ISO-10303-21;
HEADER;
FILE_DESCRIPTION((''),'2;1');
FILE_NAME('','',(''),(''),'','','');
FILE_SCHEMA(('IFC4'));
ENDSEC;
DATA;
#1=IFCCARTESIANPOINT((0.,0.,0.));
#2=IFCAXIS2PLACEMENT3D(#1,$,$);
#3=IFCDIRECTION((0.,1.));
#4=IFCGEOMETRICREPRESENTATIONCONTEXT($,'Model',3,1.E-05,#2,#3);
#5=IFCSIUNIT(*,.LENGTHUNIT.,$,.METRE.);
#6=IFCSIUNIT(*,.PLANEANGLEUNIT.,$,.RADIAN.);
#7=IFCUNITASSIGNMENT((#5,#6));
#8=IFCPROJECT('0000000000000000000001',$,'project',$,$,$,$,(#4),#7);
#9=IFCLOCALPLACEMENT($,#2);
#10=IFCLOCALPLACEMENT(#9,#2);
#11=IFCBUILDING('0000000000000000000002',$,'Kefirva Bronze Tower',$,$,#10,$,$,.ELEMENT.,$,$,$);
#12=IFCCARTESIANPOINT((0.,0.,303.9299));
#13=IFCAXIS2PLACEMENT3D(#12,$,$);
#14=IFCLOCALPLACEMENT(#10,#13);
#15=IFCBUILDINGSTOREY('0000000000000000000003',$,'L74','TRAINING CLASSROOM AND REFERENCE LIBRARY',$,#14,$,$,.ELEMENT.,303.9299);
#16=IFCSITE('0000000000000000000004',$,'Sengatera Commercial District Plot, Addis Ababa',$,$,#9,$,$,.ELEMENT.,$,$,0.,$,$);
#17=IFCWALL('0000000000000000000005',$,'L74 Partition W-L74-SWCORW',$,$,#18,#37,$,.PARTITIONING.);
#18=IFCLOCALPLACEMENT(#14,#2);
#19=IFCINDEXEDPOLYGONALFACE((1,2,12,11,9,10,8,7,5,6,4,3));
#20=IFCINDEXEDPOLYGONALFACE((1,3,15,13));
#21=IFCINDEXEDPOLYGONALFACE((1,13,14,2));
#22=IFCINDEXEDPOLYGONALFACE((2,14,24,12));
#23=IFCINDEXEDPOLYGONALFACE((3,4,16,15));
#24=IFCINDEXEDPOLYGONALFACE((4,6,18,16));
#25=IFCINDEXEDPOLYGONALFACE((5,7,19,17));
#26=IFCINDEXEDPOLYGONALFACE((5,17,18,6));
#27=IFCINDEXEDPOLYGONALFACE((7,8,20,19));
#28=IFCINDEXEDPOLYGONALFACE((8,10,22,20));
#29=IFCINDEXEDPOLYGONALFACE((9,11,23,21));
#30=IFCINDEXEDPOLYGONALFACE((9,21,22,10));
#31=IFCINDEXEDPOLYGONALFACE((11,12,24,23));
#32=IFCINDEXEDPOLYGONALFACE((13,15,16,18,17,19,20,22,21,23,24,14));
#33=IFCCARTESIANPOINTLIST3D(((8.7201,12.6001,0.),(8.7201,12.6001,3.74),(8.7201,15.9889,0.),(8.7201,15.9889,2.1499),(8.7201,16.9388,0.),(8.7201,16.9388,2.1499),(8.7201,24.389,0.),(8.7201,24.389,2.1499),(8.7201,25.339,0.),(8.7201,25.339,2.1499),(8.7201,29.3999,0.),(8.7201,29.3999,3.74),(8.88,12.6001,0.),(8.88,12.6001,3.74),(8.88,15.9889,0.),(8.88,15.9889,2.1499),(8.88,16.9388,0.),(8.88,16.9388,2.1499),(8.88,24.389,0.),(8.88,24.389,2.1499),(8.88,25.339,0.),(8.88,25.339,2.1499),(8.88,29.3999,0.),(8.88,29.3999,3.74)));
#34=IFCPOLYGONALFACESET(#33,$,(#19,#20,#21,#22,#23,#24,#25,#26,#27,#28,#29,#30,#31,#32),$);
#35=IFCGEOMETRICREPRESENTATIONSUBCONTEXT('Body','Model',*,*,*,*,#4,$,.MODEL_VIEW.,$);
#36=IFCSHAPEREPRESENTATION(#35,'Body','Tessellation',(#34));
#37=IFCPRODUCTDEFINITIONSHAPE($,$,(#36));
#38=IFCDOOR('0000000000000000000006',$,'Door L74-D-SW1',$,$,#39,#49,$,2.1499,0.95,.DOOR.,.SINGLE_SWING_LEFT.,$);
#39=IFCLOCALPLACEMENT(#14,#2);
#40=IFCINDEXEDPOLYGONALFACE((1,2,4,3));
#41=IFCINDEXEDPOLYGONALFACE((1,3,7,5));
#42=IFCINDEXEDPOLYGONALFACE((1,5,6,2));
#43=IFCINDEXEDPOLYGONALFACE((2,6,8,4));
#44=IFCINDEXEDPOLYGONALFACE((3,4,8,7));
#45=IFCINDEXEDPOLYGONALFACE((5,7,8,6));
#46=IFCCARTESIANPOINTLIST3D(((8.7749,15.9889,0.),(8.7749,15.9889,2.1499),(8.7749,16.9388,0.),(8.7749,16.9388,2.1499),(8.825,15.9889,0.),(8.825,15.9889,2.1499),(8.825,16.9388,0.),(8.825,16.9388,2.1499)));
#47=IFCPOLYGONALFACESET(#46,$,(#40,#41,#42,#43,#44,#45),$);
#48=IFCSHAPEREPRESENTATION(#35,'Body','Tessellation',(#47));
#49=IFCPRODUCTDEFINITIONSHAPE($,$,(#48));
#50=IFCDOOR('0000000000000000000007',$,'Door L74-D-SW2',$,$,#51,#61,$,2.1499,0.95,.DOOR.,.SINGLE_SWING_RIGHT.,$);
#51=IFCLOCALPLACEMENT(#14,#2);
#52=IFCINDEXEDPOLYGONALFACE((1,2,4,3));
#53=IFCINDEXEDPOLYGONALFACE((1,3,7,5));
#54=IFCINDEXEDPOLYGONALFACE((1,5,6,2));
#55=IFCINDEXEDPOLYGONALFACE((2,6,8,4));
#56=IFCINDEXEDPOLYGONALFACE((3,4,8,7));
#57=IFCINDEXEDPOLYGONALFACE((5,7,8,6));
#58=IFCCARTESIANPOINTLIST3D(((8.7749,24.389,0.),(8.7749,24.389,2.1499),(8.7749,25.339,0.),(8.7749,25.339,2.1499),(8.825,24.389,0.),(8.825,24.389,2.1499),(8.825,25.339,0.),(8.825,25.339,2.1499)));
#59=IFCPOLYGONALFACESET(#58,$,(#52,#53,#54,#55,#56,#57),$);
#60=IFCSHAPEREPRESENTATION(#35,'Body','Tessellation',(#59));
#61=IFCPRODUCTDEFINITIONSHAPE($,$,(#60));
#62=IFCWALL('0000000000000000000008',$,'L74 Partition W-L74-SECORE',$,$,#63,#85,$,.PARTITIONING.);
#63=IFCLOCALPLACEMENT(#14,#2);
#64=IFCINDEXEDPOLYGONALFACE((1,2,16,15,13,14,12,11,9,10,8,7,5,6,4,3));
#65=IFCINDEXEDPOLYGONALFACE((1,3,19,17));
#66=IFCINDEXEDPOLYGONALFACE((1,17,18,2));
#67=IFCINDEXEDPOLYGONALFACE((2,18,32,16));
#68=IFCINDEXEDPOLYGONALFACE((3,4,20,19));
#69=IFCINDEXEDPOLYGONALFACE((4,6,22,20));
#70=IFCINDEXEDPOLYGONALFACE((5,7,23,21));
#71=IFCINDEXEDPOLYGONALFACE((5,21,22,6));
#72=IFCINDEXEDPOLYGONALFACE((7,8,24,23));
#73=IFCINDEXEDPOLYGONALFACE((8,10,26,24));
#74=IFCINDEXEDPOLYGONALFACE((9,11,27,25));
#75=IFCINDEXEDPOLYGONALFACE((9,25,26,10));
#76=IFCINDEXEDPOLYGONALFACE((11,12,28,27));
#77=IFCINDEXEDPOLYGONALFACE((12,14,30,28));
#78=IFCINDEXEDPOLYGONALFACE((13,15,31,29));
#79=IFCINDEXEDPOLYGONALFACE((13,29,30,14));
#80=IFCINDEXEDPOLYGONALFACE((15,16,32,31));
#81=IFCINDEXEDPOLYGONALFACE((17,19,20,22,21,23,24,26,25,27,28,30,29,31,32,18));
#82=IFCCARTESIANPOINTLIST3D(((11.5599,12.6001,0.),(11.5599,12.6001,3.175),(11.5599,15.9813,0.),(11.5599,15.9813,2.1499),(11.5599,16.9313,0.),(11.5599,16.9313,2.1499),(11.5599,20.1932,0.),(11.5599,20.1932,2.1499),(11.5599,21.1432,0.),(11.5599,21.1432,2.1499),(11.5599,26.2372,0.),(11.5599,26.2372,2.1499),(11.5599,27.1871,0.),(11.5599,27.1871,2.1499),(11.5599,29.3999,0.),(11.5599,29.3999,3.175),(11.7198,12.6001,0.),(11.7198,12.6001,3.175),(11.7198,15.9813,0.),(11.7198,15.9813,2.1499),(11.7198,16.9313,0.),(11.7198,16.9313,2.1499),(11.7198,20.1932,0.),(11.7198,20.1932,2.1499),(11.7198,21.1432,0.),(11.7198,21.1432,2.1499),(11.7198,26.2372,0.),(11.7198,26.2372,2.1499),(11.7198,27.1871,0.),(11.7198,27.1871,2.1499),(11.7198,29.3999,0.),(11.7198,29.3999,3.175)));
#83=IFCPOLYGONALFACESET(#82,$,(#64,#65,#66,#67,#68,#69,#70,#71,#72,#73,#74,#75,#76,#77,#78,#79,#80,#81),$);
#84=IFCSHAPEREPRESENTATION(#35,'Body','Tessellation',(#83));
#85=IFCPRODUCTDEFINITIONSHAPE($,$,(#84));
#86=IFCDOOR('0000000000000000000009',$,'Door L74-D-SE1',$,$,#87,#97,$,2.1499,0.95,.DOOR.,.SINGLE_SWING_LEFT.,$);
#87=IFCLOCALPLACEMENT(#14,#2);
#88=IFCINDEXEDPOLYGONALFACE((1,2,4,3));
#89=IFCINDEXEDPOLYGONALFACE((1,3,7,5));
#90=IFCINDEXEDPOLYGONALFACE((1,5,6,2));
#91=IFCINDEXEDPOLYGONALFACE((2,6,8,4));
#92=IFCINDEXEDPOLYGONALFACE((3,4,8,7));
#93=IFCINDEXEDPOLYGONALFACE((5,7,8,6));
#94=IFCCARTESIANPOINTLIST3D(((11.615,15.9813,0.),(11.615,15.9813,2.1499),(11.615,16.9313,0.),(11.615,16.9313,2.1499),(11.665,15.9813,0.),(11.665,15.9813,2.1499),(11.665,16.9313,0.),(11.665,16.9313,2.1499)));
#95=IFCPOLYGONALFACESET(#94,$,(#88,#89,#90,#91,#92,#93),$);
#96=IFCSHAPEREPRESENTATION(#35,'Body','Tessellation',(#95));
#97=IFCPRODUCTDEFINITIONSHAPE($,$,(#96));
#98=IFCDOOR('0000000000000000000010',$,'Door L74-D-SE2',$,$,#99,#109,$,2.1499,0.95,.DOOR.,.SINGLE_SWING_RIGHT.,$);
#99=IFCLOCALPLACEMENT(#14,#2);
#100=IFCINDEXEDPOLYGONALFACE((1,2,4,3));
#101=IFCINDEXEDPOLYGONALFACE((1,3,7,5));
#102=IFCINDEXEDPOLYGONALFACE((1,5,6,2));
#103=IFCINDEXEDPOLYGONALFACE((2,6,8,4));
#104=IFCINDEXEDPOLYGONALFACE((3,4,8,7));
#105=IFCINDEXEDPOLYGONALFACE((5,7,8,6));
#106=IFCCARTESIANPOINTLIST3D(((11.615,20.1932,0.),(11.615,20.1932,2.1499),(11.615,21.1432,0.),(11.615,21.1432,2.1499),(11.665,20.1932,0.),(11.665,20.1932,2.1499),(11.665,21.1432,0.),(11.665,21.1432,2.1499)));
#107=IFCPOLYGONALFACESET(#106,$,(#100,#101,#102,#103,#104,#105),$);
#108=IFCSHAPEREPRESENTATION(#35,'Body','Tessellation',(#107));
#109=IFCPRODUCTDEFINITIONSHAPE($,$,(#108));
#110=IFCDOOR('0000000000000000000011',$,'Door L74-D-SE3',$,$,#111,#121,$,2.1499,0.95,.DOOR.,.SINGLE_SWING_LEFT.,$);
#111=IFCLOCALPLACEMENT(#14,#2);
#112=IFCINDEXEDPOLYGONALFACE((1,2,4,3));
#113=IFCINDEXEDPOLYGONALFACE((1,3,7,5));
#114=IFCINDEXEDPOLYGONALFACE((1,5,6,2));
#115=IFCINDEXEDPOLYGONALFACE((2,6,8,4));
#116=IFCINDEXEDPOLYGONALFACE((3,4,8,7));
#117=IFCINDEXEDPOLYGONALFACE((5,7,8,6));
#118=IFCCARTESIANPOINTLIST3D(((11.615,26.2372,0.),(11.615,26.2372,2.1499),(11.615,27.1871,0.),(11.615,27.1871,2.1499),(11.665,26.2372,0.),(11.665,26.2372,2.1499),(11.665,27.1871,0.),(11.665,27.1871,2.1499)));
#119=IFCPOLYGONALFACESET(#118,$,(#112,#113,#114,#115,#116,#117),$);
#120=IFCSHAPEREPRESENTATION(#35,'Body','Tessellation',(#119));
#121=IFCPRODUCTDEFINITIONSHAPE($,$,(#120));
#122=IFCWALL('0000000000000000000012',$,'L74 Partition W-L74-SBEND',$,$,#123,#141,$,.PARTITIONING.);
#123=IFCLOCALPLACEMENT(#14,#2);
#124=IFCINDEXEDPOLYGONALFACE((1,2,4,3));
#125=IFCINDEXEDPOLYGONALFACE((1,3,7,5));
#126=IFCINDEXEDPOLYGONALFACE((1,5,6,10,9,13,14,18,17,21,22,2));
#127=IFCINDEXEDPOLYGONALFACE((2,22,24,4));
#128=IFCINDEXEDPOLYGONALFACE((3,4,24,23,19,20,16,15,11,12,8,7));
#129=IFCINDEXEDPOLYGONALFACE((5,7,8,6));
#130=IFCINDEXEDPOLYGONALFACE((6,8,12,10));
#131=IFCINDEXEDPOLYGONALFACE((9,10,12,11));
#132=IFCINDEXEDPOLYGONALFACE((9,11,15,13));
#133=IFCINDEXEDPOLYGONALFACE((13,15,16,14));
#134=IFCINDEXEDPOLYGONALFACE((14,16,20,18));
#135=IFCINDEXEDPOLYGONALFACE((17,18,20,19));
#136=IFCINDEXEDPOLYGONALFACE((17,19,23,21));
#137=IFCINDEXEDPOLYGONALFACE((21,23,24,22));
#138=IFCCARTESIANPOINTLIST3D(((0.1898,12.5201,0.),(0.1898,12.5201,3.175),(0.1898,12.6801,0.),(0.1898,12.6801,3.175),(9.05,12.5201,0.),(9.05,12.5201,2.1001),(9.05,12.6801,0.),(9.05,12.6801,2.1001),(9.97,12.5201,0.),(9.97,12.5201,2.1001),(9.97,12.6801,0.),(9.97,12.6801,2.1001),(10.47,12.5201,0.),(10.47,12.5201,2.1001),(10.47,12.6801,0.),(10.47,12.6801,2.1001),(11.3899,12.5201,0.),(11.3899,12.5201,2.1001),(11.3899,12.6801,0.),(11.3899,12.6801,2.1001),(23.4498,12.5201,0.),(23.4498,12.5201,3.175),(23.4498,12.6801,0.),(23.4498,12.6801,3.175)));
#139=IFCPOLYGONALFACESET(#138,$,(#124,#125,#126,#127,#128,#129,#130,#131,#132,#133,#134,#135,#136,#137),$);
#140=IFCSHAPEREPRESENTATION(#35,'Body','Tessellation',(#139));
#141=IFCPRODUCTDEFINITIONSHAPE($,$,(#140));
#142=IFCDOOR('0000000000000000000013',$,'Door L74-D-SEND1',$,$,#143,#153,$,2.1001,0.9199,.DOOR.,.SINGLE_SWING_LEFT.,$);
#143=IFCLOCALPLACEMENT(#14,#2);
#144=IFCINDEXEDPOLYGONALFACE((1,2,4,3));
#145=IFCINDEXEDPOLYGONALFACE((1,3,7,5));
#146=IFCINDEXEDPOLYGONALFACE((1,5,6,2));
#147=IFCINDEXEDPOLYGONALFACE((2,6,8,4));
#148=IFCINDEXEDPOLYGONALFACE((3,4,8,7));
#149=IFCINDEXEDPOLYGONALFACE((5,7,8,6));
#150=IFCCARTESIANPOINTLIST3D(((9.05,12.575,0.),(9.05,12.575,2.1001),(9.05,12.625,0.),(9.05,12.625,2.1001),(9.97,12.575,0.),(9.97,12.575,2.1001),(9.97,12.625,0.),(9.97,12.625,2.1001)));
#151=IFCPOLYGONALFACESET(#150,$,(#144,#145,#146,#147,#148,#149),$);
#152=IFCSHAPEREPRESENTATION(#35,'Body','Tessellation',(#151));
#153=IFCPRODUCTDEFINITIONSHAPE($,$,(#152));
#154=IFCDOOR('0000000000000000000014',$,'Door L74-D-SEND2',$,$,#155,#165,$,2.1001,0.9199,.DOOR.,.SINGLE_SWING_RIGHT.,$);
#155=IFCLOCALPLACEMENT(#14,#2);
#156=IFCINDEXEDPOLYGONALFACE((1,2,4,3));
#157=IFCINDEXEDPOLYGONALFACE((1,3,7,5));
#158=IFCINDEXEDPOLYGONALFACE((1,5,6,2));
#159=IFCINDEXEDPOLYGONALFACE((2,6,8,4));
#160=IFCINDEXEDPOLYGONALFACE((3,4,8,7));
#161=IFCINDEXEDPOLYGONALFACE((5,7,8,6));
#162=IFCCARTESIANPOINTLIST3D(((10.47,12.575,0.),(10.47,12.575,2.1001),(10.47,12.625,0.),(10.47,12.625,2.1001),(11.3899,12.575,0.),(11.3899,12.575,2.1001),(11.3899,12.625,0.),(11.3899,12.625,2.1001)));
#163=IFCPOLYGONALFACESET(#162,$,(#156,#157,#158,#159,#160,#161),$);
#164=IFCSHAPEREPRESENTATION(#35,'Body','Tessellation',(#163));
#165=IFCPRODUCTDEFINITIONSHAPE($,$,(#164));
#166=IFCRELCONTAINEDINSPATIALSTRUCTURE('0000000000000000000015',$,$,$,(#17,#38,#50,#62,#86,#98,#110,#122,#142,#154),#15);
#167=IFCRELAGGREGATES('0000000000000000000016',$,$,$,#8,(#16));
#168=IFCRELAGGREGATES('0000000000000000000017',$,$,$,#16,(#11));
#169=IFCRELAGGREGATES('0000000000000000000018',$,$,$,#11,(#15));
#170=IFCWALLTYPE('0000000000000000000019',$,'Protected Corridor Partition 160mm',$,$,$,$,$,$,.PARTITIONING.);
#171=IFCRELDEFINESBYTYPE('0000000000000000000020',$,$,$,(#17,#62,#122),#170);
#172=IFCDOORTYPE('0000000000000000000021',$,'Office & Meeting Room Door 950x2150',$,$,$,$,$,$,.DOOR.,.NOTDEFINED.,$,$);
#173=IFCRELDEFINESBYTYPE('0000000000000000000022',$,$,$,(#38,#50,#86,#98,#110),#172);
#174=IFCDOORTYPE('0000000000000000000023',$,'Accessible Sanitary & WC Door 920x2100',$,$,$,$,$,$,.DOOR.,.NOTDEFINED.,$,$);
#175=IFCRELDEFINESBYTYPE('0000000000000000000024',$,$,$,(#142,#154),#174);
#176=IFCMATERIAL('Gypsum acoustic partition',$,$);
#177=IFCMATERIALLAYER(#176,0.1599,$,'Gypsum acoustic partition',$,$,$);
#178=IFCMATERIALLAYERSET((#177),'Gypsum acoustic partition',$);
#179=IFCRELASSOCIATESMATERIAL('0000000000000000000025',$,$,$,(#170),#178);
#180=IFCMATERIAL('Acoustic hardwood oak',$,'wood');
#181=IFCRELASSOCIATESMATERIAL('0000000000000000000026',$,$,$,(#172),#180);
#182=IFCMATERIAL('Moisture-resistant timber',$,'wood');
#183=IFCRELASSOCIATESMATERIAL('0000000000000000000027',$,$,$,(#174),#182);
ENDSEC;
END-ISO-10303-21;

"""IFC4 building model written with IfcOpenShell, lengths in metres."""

from ifc_helpers import new_model, si_unit, direction, frame, frame_2d, origin, place, context, subcontext, project, spatial, rectangle, extrude, material, layer, layer_set, type_object, element, fill, save


model = new_model("IFC4")

# Units and contexts
model_context = context("Model", 3, precision=1e-05, world=origin(), true_north=direction((0.0, 1.0)))
body_context = subcontext(model_context, "Body", "Model", "MODEL_VIEW")
ifc_project = project(units=[si_unit("LENGTHUNIT", "METRE"), si_unit("PLANEANGLEUNIT", "RADIAN")], contexts=[model_context])

# Site, building, storey
site_placement = place(None, origin())
site = spatial("IfcSite", under=ifc_project, at=site_placement, Name="Sengatera Commercial District Plot, Addis Ababa", CompositionType="ELEMENT", RefElevation=0.0)
building_placement = place(site_placement, origin())
building = spatial("IfcBuilding", under=site, at=building_placement, Name="Kefirva Bronze Tower", CompositionType="ELEMENT")
storey_placement = place(building_placement, frame((0.0, 0.0, 303.9299)))
storey = spatial("IfcBuildingStorey", under=building, at=storey_placement, Name="L74", Description="TRAINING CLASSROOM AND REFERENCE LIBRARY", CompositionType="ELEMENT", Elevation=303.9299)

# Shared definitions
ifc_material_1 = material(Name="Gypsum acoustic partition")

# Walls, openings, doors
ifc_layer_1 = layer(ifc_material_1, 0.1599, Name="Gypsum acoustic partition")
ifc_layer_set_1 = layer_set([ifc_layer_1], Name="Gypsum acoustic partition")
wall_type_1 = type_object("IfcWallType", Name="Protected Corridor Partition 160mm", PredefinedType="PARTITIONING", material=ifc_layer_set_1)
wall_1_placement = place(storey_placement, frame((8.8, 12.6001, 0.0), z_axis=(0.0, 0.0, 1.0), x_axis=(0.0, 1.0, 0.0)))
wall_1 = element("IfcWall", 1, at=wall_1_placement, inside=storey, type_object=wall_type_1, Name="L74 Partition W-L74-SWCORW", PredefinedType="PARTITIONING", context=body_context, shape_type="SweptSolid", body=[
    extrude(rectangle(XDim=16.7998, YDim=0.1599, at=frame_2d((8.3999, 0.0))), origin(), (0.0, 0.0, 1.0), 3.74),
])
opening_1_placement = place(wall_1_placement, frame((4.3389, 0.0, 0.0), z_axis=(0.0, 0.0, 1.0), x_axis=(-1.0, 0.0, 0.0)))
opening_1 = element("IfcOpeningElement", 2, at=opening_1_placement, cuts=wall_1, PredefinedType="OPENING", context=body_context, shape_type="SweptSolid", body=[
    extrude(rectangle(XDim=0.95, YDim=2.1499, at=frame_2d((0.4751, 1.075))), frame((0.0, 0.0898, 0.0), z_axis=(0.0, -1.0, 0.0), x_axis=(1.0, 0.0, 0.0)), (0.0, 0.0, 1.0), 0.1799),
])
opening_2_placement = place(wall_1_placement, frame((12.739, 0.0, 0.0), z_axis=(0.0, 0.0, 1.0), x_axis=(-1.0, 0.0, 0.0)))
opening_2 = element("IfcOpeningElement", 3, at=opening_2_placement, cuts=wall_1, PredefinedType="OPENING", context=body_context, shape_type="SweptSolid", body=[
    extrude(rectangle(XDim=0.95, YDim=2.1499, at=frame_2d((0.4751, 1.075))), frame((0.0, 0.0898, 0.0), z_axis=(0.0, -1.0, 0.0), x_axis=(1.0, 0.0, 0.0)), (0.0, 0.0, 1.0), 0.1799),
])
ifc_material_2 = material(Name="Acoustic hardwood oak", Category="wood")
door_type_1 = type_object("IfcDoorType", Name="Office & Meeting Room Door 950x2150", OperationType="NOTDEFINED", PredefinedType="DOOR", material=ifc_material_2)
door_1_placement = place(opening_1_placement, origin())
door_1 = element("IfcDoor", 4, at=door_1_placement, inside=storey, type_object=door_type_1, Name="Door L74-D-SW1", OperationType="SINGLE_SWING_LEFT", OverallHeight=2.1499, OverallWidth=0.95, PredefinedType="DOOR", context=body_context, shape_type="SweptSolid", body=[
    extrude(rectangle(XDim=0.95, YDim=2.1499, at=frame_2d((0.4751, 1.075))), frame((0.0, 0.0249, 0.0), z_axis=(0.0, -1.0, 0.0), x_axis=(1.0, 0.0, 0.0)), (0.0, 0.0, 1.0), 0.05),
])
fill(opening_1, door_1)
door_2_placement = place(opening_2_placement, origin())
door_2 = element("IfcDoor", 5, at=door_2_placement, inside=storey, type_object=door_type_1, Name="Door L74-D-SW2", OperationType="SINGLE_SWING_RIGHT", OverallHeight=2.1499, OverallWidth=0.95, PredefinedType="DOOR", context=body_context, shape_type="SweptSolid", body=[
    extrude(rectangle(XDim=0.95, YDim=2.1499, at=frame_2d((0.4751, 1.075))), frame((0.0, 0.0249, 0.0), z_axis=(0.0, -1.0, 0.0), x_axis=(1.0, 0.0, 0.0)), (0.0, 0.0, 1.0), 0.05),
])
fill(opening_2, door_2)
wall_2_placement = place(storey_placement, frame((11.6399, 12.6001, 0.0), z_axis=(0.0, 0.0, 1.0), x_axis=(0.0, 1.0, 0.0)))
wall_2 = element("IfcWall", 6, at=wall_2_placement, inside=storey, type_object=wall_type_1, Name="L74 Partition W-L74-SECORE", PredefinedType="PARTITIONING", context=body_context, shape_type="SweptSolid", body=[
    extrude(rectangle(XDim=16.7998, YDim=0.1599, at=frame_2d((8.3999, 0.0))), origin(), (0.0, 0.0, 1.0), 3.175),
])
opening_3_placement = place(wall_2_placement, frame((3.3811, 0.0, 0.0)))
opening_3 = element("IfcOpeningElement", 7, at=opening_3_placement, cuts=wall_2, PredefinedType="OPENING", context=body_context, shape_type="SweptSolid", body=[
    extrude(rectangle(XDim=0.95, YDim=2.1499, at=frame_2d((0.4751, 1.075))), frame((0.0, 0.0898, 0.0), z_axis=(0.0, -1.0, 0.0), x_axis=(1.0, 0.0, 0.0)), (0.0, 0.0, 1.0), 0.1799),
])
opening_4_placement = place(wall_2_placement, frame((7.593, 0.0, 0.0)))
opening_4 = element("IfcOpeningElement", 8, at=opening_4_placement, cuts=wall_2, PredefinedType="OPENING", context=body_context, shape_type="SweptSolid", body=[
    extrude(rectangle(XDim=0.95, YDim=2.1499, at=frame_2d((0.4751, 1.075))), frame((0.0, 0.0898, 0.0), z_axis=(0.0, -1.0, 0.0), x_axis=(1.0, 0.0, 0.0)), (0.0, 0.0, 1.0), 0.1799),
])
opening_5_placement = place(wall_2_placement, frame((13.637, 0.0, 0.0)))
opening_5 = element("IfcOpeningElement", 9, at=opening_5_placement, cuts=wall_2, PredefinedType="OPENING", context=body_context, shape_type="SweptSolid", body=[
    extrude(rectangle(XDim=0.95, YDim=2.1499, at=frame_2d((0.4751, 1.075))), frame((0.0, 0.0898, 0.0), z_axis=(0.0, -1.0, 0.0), x_axis=(1.0, 0.0, 0.0)), (0.0, 0.0, 1.0), 0.1799),
])
door_3_placement = place(opening_3_placement, origin())
door_3 = element("IfcDoor", 10, at=door_3_placement, inside=storey, type_object=door_type_1, Name="Door L74-D-SE1", OperationType="SINGLE_SWING_LEFT", OverallHeight=2.1499, OverallWidth=0.95, PredefinedType="DOOR", context=body_context, shape_type="SweptSolid", body=[
    extrude(rectangle(XDim=0.95, YDim=2.1499, at=frame_2d((0.4751, 1.075))), frame((0.0, 0.0249, 0.0), z_axis=(0.0, -1.0, 0.0), x_axis=(1.0, 0.0, 0.0)), (0.0, 0.0, 1.0), 0.05),
])
fill(opening_3, door_3)
door_4_placement = place(opening_4_placement, origin())
door_4 = element("IfcDoor", 11, at=door_4_placement, inside=storey, type_object=door_type_1, Name="Door L74-D-SE2", OperationType="SINGLE_SWING_RIGHT", OverallHeight=2.1499, OverallWidth=0.95, PredefinedType="DOOR", context=body_context, shape_type="SweptSolid", body=[
    extrude(rectangle(XDim=0.95, YDim=2.1499, at=frame_2d((0.4751, 1.075))), frame((0.0, 0.0249, 0.0), z_axis=(0.0, -1.0, 0.0), x_axis=(1.0, 0.0, 0.0)), (0.0, 0.0, 1.0), 0.05),
])
fill(opening_4, door_4)
door_5_placement = place(opening_5_placement, origin())
door_5 = element("IfcDoor", 12, at=door_5_placement, inside=storey, type_object=door_type_1, Name="Door L74-D-SE3", OperationType="SINGLE_SWING_LEFT", OverallHeight=2.1499, OverallWidth=0.95, PredefinedType="DOOR", context=body_context, shape_type="SweptSolid", body=[
    extrude(rectangle(XDim=0.95, YDim=2.1499, at=frame_2d((0.4751, 1.075))), frame((0.0, 0.0249, 0.0), z_axis=(0.0, -1.0, 0.0), x_axis=(1.0, 0.0, 0.0)), (0.0, 0.0, 1.0), 0.05),
])
fill(opening_5, door_5)
wall_3_placement = place(storey_placement, frame((0.1899, 12.6001, 0.0), z_axis=(0.0, 0.0, 1.0), x_axis=(1.0, 0.0, 0.0)))
wall_3 = element("IfcWall", 13, at=wall_3_placement, inside=storey, type_object=wall_type_1, Name="L74 Partition W-L74-SBEND", PredefinedType="PARTITIONING", context=body_context, shape_type="SweptSolid", body=[
    extrude(rectangle(XDim=23.26, YDim=0.1599, at=frame_2d((11.6299, 0.0))), origin(), (0.0, 0.0, 1.0), 3.175),
])
opening_6_placement = place(wall_3_placement, frame((8.8601, 0.0, 0.0)))
opening_6 = element("IfcOpeningElement", 14, at=opening_6_placement, cuts=wall_3, PredefinedType="OPENING", context=body_context, shape_type="SweptSolid", body=[
    extrude(rectangle(XDim=0.9199, YDim=2.1001, at=frame_2d((0.46, 1.05))), frame((0.0, 0.0898, 0.0), z_axis=(0.0, -1.0, 0.0), x_axis=(1.0, 0.0, 0.0)), (0.0, 0.0, 1.0), 0.1799),
])
opening_7_placement = place(wall_3_placement, frame((10.28, 0.0, 0.0)))
opening_7 = element("IfcOpeningElement", 15, at=opening_7_placement, cuts=wall_3, PredefinedType="OPENING", context=body_context, shape_type="SweptSolid", body=[
    extrude(rectangle(XDim=0.9199, YDim=2.1001, at=frame_2d((0.46, 1.05))), frame((0.0, 0.0898, 0.0), z_axis=(0.0, -1.0, 0.0), x_axis=(1.0, 0.0, 0.0)), (0.0, 0.0, 1.0), 0.1799),
])
ifc_material_3 = material(Name="Moisture-resistant timber", Category="wood")
door_type_2 = type_object("IfcDoorType", Name="Accessible Sanitary & WC Door 920x2100", OperationType="NOTDEFINED", PredefinedType="DOOR", material=ifc_material_3)
door_6_placement = place(opening_6_placement, origin())
door_6 = element("IfcDoor", 16, at=door_6_placement, inside=storey, type_object=door_type_2, Name="Door L74-D-SEND1", OperationType="SINGLE_SWING_LEFT", OverallHeight=2.1001, OverallWidth=0.9199, PredefinedType="DOOR", context=body_context, shape_type="SweptSolid", body=[
    extrude(rectangle(XDim=0.9199, YDim=2.1001, at=frame_2d((0.46, 1.05))), frame((0.0, 0.0249, 0.0), z_axis=(0.0, -1.0, 0.0), x_axis=(1.0, 0.0, 0.0)), (0.0, 0.0, 1.0), 0.05),
])
fill(opening_6, door_6)
door_7_placement = place(opening_7_placement, origin())
door_7 = element("IfcDoor", 17, at=door_7_placement, inside=storey, type_object=door_type_2, Name="Door L74-D-SEND2", OperationType="SINGLE_SWING_RIGHT", OverallHeight=2.1001, OverallWidth=0.9199, PredefinedType="DOOR", context=body_context, shape_type="SweptSolid", body=[
    extrude(rectangle(XDim=0.9199, YDim=2.1001, at=frame_2d((0.46, 1.05))), frame((0.0, 0.0249, 0.0), z_axis=(0.0, -1.0, 0.0), x_axis=(1.0, 0.0, 0.0)), (0.0, 0.0, 1.0), 0.05),
])
fill(opening_7, door_7)

save(model, "model.ifc")
